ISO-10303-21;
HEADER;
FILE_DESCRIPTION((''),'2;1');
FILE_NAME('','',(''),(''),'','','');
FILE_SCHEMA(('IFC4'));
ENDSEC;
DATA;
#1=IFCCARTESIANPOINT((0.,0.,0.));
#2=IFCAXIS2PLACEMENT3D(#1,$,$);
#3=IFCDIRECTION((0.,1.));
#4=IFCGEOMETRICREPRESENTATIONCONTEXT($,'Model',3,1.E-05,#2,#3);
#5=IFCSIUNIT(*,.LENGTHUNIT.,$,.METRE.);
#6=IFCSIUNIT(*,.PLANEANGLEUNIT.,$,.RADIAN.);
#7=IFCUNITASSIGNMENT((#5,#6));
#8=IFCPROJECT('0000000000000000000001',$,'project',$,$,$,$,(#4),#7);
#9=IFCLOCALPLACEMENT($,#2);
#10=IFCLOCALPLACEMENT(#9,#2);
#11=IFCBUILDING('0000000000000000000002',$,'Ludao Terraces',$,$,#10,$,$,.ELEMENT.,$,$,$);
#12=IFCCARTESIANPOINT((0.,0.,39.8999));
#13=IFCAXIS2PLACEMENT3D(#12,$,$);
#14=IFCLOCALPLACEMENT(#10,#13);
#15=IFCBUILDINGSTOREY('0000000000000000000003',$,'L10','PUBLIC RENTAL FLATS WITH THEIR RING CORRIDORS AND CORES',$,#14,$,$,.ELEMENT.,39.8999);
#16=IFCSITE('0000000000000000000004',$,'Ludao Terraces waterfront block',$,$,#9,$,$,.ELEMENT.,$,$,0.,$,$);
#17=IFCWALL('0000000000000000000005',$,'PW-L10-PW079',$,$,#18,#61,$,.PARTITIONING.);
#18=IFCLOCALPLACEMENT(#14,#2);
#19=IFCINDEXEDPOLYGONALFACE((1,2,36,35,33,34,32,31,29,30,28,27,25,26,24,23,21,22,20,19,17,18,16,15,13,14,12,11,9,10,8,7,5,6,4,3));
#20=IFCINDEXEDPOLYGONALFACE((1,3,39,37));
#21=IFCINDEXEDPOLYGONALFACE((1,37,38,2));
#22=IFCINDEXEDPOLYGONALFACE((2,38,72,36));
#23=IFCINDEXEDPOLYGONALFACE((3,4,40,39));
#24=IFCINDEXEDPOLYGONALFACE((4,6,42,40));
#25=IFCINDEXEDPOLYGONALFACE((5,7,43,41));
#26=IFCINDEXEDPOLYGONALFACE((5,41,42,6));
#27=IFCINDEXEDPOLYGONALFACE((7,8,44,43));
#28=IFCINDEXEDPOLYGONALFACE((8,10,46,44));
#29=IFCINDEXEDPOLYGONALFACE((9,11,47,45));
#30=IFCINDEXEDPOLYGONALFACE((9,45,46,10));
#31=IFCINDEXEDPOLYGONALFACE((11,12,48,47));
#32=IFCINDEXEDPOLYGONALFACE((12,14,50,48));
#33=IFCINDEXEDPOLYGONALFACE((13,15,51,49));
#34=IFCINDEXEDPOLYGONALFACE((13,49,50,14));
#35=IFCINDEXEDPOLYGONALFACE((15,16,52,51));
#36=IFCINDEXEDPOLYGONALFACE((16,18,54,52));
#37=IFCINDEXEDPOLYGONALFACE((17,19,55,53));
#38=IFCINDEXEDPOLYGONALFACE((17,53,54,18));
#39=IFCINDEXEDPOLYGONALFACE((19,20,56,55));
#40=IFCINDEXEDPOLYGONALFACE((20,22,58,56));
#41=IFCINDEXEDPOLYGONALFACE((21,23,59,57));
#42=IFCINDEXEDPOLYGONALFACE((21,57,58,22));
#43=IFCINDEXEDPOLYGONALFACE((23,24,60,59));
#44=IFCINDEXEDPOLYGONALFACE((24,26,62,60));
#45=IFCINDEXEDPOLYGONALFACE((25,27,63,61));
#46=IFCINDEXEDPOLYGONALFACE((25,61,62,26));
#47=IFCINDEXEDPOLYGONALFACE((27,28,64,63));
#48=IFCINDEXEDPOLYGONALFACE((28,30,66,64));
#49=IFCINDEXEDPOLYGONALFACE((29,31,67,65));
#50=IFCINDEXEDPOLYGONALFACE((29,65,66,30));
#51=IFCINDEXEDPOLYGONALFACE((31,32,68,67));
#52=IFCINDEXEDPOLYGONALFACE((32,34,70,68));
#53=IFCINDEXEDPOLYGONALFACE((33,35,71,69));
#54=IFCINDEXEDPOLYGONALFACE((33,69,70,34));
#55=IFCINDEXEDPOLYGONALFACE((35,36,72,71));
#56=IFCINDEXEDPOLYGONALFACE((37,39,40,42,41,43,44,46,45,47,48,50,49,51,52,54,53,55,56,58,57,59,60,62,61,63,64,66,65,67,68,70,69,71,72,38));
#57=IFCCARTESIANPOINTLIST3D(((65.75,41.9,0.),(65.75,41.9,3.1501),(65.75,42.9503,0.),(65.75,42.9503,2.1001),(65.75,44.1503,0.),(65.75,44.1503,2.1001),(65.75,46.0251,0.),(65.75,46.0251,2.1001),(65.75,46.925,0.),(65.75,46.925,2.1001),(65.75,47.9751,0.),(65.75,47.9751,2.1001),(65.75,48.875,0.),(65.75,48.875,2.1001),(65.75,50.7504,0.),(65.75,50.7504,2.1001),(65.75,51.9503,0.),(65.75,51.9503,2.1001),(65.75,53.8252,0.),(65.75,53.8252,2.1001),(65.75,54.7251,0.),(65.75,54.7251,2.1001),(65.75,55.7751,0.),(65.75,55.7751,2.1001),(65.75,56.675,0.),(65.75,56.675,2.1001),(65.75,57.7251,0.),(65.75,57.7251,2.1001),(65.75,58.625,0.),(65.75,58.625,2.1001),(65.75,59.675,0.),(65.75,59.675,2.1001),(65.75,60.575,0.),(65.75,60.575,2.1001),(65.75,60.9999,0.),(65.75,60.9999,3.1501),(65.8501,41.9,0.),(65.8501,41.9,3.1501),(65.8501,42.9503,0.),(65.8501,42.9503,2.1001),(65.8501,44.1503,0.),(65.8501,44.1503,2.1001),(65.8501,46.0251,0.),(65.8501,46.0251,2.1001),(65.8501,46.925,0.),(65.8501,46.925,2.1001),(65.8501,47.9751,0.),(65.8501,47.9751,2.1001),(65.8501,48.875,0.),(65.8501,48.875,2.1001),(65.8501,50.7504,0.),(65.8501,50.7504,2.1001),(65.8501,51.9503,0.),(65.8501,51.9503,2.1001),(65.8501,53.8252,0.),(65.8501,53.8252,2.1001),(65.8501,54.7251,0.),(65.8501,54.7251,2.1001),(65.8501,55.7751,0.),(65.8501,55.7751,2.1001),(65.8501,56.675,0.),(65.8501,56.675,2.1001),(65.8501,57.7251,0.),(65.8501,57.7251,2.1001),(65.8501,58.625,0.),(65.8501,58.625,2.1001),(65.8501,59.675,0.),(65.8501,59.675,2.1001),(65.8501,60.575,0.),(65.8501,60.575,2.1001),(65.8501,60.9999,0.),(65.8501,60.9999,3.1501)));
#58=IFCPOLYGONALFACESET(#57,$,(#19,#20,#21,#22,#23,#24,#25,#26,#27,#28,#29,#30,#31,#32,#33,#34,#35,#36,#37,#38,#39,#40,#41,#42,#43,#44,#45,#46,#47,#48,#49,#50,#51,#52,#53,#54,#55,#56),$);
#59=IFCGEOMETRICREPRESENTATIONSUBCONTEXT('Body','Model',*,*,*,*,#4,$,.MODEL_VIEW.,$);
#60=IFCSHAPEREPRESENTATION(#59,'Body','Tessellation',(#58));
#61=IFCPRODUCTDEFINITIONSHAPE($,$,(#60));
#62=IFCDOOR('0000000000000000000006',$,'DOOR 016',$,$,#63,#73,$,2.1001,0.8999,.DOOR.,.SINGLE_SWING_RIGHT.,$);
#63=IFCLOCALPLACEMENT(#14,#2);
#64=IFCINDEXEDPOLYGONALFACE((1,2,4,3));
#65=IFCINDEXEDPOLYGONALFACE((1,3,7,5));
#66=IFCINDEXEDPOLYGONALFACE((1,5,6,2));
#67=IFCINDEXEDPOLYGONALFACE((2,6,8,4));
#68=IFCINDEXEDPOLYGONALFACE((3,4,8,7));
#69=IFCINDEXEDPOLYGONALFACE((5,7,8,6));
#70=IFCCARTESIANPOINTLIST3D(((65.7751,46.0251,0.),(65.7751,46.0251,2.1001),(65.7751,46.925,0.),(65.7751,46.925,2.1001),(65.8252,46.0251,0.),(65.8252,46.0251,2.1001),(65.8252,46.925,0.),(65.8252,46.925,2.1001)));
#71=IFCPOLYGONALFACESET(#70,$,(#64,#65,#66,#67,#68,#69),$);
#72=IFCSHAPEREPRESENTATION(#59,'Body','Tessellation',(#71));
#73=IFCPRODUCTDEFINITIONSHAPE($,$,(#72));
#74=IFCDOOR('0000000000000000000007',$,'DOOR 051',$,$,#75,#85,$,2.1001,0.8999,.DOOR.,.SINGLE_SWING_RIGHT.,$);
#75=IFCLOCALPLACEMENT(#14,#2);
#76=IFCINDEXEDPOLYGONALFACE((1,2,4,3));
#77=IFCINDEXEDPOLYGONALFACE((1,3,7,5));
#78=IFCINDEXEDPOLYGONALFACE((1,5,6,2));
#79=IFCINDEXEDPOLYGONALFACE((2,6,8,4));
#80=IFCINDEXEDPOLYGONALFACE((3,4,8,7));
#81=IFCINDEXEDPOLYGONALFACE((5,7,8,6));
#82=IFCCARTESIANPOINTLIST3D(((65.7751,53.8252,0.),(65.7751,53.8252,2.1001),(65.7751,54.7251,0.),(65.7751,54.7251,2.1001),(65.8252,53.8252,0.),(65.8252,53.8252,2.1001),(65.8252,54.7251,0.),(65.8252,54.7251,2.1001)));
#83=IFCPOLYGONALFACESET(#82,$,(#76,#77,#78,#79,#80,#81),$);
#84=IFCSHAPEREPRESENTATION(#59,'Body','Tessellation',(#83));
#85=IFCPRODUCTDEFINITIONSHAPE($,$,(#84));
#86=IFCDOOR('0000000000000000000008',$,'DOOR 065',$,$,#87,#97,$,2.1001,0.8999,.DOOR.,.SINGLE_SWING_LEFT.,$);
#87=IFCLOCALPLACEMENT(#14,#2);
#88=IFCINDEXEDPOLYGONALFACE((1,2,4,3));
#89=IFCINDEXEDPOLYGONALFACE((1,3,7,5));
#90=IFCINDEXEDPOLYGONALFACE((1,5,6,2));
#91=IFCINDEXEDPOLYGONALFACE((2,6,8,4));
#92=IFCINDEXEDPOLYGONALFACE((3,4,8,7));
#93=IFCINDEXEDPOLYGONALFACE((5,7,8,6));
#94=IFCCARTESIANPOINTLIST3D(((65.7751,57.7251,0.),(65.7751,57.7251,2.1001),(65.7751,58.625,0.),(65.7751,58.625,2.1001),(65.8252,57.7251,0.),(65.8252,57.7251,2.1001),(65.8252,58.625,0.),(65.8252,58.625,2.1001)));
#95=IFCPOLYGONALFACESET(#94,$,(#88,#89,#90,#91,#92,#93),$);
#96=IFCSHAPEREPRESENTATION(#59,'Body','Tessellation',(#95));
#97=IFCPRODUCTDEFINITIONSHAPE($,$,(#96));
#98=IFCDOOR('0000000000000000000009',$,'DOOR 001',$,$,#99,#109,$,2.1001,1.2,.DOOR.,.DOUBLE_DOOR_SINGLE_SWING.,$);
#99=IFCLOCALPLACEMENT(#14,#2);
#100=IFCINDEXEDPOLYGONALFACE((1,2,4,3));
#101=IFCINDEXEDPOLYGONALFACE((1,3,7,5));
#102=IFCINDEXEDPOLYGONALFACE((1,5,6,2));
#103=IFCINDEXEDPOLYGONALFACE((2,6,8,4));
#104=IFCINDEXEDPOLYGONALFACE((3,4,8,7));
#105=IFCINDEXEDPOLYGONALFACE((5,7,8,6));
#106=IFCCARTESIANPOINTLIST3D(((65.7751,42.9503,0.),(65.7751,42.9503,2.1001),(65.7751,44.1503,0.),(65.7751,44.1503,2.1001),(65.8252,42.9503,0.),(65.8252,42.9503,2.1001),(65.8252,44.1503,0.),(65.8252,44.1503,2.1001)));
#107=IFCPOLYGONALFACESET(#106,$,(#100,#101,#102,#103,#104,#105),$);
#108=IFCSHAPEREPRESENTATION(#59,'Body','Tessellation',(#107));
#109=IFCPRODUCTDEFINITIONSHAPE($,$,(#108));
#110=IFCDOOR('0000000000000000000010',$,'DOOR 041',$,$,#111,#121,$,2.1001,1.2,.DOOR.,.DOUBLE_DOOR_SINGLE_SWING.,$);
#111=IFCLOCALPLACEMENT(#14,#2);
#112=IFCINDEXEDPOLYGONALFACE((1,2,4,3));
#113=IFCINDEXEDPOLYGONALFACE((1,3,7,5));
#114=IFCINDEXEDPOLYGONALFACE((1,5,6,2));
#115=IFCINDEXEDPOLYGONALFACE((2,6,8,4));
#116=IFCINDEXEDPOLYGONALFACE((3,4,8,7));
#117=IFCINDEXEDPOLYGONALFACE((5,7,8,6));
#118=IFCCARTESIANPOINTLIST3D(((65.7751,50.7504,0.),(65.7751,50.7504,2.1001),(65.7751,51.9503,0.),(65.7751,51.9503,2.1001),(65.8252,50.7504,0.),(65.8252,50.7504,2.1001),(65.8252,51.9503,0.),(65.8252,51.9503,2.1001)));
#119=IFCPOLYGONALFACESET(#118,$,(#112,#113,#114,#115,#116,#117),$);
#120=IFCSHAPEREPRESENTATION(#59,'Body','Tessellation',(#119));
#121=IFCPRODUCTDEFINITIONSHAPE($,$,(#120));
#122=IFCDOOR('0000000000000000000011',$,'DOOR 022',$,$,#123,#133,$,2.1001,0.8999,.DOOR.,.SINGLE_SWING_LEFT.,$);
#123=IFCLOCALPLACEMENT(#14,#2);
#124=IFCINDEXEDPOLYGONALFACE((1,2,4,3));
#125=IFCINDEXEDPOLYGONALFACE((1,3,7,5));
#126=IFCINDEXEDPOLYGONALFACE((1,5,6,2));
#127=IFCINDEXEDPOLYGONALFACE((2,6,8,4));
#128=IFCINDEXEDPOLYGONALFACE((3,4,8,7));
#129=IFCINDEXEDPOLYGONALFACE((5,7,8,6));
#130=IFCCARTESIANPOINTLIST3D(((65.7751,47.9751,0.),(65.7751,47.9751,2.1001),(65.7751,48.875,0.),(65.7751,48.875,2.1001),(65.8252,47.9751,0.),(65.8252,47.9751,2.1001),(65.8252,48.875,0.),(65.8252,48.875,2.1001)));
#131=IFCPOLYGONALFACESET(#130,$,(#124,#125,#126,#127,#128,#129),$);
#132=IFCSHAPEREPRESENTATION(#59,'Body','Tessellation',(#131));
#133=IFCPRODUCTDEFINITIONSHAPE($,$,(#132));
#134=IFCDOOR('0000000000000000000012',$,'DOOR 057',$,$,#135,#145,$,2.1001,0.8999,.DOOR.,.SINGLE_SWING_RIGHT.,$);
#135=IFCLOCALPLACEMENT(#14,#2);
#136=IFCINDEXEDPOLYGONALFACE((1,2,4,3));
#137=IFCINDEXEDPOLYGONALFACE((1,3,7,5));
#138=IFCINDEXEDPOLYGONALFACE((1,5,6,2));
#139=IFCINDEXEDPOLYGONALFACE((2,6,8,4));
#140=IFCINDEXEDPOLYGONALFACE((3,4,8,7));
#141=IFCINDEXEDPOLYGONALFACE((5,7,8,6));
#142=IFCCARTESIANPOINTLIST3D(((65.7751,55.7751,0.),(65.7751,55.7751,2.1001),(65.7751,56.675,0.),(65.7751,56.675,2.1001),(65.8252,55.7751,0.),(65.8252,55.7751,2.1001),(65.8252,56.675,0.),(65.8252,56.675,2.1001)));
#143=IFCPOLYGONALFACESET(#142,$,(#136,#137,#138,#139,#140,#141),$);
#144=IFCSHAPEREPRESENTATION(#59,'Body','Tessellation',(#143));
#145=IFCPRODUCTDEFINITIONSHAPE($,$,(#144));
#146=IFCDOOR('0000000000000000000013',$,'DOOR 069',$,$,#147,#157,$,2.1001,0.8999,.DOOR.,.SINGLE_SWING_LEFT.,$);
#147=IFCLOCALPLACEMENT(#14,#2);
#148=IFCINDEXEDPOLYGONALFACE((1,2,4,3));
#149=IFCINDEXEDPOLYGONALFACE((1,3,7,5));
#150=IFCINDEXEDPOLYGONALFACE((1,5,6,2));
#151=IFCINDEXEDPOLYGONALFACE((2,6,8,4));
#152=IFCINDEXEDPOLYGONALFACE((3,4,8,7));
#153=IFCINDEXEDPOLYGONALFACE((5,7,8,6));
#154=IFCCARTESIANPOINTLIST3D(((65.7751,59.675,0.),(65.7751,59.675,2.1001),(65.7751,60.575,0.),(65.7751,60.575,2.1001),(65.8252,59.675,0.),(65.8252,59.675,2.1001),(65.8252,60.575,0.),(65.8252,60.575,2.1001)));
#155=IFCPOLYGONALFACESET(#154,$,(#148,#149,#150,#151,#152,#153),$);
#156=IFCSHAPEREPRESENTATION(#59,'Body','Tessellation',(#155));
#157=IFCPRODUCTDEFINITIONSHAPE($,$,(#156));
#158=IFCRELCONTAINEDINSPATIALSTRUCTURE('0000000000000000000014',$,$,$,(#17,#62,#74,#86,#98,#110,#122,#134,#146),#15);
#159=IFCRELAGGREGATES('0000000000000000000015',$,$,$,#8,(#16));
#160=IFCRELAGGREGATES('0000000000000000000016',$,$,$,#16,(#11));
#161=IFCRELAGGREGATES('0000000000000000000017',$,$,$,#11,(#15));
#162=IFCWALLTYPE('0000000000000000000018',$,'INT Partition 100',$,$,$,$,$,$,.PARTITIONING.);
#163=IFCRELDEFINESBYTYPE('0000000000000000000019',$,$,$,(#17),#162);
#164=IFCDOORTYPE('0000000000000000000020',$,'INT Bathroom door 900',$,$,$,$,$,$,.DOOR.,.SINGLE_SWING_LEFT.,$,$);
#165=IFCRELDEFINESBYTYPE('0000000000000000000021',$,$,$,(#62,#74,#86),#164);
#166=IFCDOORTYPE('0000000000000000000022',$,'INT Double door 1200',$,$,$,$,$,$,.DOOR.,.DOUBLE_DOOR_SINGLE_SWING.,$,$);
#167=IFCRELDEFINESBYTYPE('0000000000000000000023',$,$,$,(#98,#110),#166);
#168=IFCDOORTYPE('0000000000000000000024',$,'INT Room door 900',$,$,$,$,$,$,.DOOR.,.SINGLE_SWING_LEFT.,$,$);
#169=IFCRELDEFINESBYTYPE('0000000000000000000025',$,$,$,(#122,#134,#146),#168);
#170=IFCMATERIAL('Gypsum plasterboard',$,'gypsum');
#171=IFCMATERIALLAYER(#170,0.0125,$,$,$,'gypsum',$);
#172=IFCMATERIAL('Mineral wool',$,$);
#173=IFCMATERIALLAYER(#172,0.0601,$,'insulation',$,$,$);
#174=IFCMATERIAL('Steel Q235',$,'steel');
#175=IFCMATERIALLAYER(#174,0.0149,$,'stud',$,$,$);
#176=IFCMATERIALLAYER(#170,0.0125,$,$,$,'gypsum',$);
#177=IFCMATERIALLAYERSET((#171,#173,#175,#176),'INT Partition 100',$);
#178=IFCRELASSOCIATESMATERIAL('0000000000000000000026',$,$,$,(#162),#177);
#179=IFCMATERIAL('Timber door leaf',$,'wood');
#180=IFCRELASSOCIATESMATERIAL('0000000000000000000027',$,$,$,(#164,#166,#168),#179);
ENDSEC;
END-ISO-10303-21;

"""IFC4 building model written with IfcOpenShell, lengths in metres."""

from ifc_helpers import new_model, si_unit, direction, frame, frame_2d, origin, place, context, subcontext, project, spatial, rectangle, extrude, material, layer, layer_set, type_object, element, fill, save


model = new_model("IFC4")

# Units and contexts
model_context = context("Model", 3, precision=1e-05, world=origin(), true_north=direction((0.0, 1.0)))
body_context = subcontext(model_context, "Body", "Model", "MODEL_VIEW")
ifc_project = project(units=[si_unit("LENGTHUNIT", "METRE"), si_unit("PLANEANGLEUNIT", "RADIAN")], contexts=[model_context])

# Site, building, storey
site_placement = place(None, origin())
site = spatial("IfcSite", under=ifc_project, at=site_placement, Name="Ludao Terraces waterfront block", CompositionType="ELEMENT", RefElevation=0.0)
building_placement = place(site_placement, origin())
building = spatial("IfcBuilding", under=site, at=building_placement, Name="Ludao Terraces", CompositionType="ELEMENT")
storey_placement = place(building_placement, frame((0.0, 0.0, 39.8999)))
storey = spatial("IfcBuildingStorey", under=building, at=storey_placement, Name="L10", Description="PUBLIC RENTAL FLATS WITH THEIR RING CORRIDORS AND CORES", CompositionType="ELEMENT", Elevation=39.8999)

# Shared definitions
ifc_material_1 = material(Name="Mineral wool")

# Wall, openings, doors
ifc_material_2 = material(Name="Gypsum plasterboard", Category="gypsum")
ifc_layer_1 = layer(ifc_material_2, 0.0125, Category="gypsum")
ifc_layer_2 = layer(ifc_material_1, 0.0601, Name="insulation")
ifc_material_3 = material(Name="Steel Q235", Category="steel")
ifc_layer_3 = layer(ifc_material_3, 0.0149, Name="stud")
ifc_layer_4 = layer(ifc_material_2, 0.0125, Category="gypsum")
ifc_layer_set_1 = layer_set([ifc_layer_1, ifc_layer_2, ifc_layer_3, ifc_layer_4], Name="INT Partition 100")
wall_type_1 = type_object("IfcWallType", Name="INT Partition 100", PredefinedType="PARTITIONING", material=ifc_layer_set_1)
wall_1_placement = place(storey_placement, frame((65.8, 41.9001, 0.0), z_axis=(0.0, 0.0, 1.0), x_axis=(0.0, 1.0, 0.0)))
wall_1 = element("IfcWall", 1, at=wall_1_placement, inside=storey, type_object=wall_type_1, Name="PW-L10-PW079", PredefinedType="PARTITIONING", context=body_context, shape_type="SweptSolid", body=[
    extrude(rectangle(XDim=19.0999, YDim=0.1001, at=frame_2d((9.5498, 0.0))), origin(), (0.0, 0.0, 1.0), 3.1501),
])
opening_1_placement = place(wall_1_placement, frame((1.05, 0.0, 0.0)))
opening_1 = element("IfcOpeningElement", 2, at=opening_1_placement, cuts=wall_1, PredefinedType="OPENING", context=body_context, shape_type="SweptSolid", body=[
    extrude(rectangle(XDim=1.2, YDim=2.1001, at=frame_2d((0.6001, 1.05))), frame((0.0, 0.0601, 0.0), z_axis=(0.0, -1.0, 0.0), x_axis=(1.0, 0.0, 0.0)), (0.0, 0.0, 1.0), 0.1201),
])
opening_2_placement = place(wall_1_placement, frame((4.125, 0.0, 0.0)))
opening_2 = element("IfcOpeningElement", 3, at=opening_2_placement, cuts=wall_1, PredefinedType="OPENING", context=body_context, shape_type="SweptSolid", body=[
    extrude(rectangle(XDim=0.8999, YDim=2.1001, at=frame_2d((0.45, 1.05))), frame((0.0, 0.0601, 0.0), z_axis=(0.0, -1.0, 0.0), x_axis=(1.0, 0.0, 0.0)), (0.0, 0.0, 1.0), 0.1201),
])
opening_3_placement = place(wall_1_placement, frame((6.075, 0.0, 0.0)))
opening_3 = element("IfcOpeningElement", 4, at=opening_3_placement, cuts=wall_1, PredefinedType="OPENING", context=body_context, shape_type="SweptSolid", body=[
    extrude(rectangle(XDim=0.8999, YDim=2.1001, at=frame_2d((0.45, 1.05))), frame((0.0, 0.0601, 0.0), z_axis=(0.0, -1.0, 0.0), x_axis=(1.0, 0.0, 0.0)), (0.0, 0.0, 1.0), 0.1201),
])
opening_4_placement = place(wall_1_placement, frame((8.8501, 0.0, 0.0)))
opening_4 = element("IfcOpeningElement", 5, at=opening_4_placement, cuts=wall_1, PredefinedType="OPENING", context=body_context, shape_type="SweptSolid", body=[
    extrude(rectangle(XDim=1.2, YDim=2.1001, at=frame_2d((0.6001, 1.05))), frame((0.0, 0.0601, 0.0), z_axis=(0.0, -1.0, 0.0), x_axis=(1.0, 0.0, 0.0)), (0.0, 0.0, 1.0), 0.1201),
])
opening_5_placement = place(wall_1_placement, frame((11.925, 0.0, 0.0)))
opening_5 = element("IfcOpeningElement", 6, at=opening_5_placement, cuts=wall_1, PredefinedType="OPENING", context=body_context, shape_type="SweptSolid", body=[
    extrude(rectangle(XDim=0.8999, YDim=2.1001, at=frame_2d((0.45, 1.05))), frame((0.0, 0.0601, 0.0), z_axis=(0.0, -1.0, 0.0), x_axis=(1.0, 0.0, 0.0)), (0.0, 0.0, 1.0), 0.1201),
])
opening_6_placement = place(wall_1_placement, frame((13.875, 0.0, 0.0)))
opening_6 = element("IfcOpeningElement", 7, at=opening_6_placement, cuts=wall_1, PredefinedType="OPENING", context=body_context, shape_type="SweptSolid", body=[
    extrude(rectangle(XDim=0.8999, YDim=2.1001, at=frame_2d((0.45, 1.05))), frame((0.0, 0.0601, 0.0), z_axis=(0.0, -1.0, 0.0), x_axis=(1.0, 0.0, 0.0)), (0.0, 0.0, 1.0), 0.1201),
])
opening_7_placement = place(wall_1_placement, frame((15.825, 0.0, 0.0)))
opening_7 = element("IfcOpeningElement", 8, at=opening_7_placement, cuts=wall_1, PredefinedType="OPENING", context=body_context, shape_type="SweptSolid", body=[
    extrude(rectangle(XDim=0.8999, YDim=2.1001, at=frame_2d((0.45, 1.05))), frame((0.0, 0.0601, 0.0), z_axis=(0.0, -1.0, 0.0), x_axis=(1.0, 0.0, 0.0)), (0.0, 0.0, 1.0), 0.1201),
])
opening_8_placement = place(wall_1_placement, frame((17.7749, 0.0, 0.0)))
opening_8 = element("IfcOpeningElement", 9, at=opening_8_placement, cuts=wall_1, PredefinedType="OPENING", context=body_context, shape_type="SweptSolid", body=[
    extrude(rectangle(XDim=0.8999, YDim=2.1001, at=frame_2d((0.45, 1.05))), frame((0.0, 0.0601, 0.0), z_axis=(0.0, -1.0, 0.0), x_axis=(1.0, 0.0, 0.0)), (0.0, 0.0, 1.0), 0.1201),
])
ifc_material_4 = material(Name="Timber door leaf", Category="wood")
door_type_1 = type_object("IfcDoorType", Name="INT Bathroom door 900", OperationType="SINGLE_SWING_LEFT", PredefinedType="DOOR", material=ifc_material_4)
door_1_placement = place(opening_2_placement, origin())
door_1 = element("IfcDoor", 10, at=door_1_placement, inside=storey, type_object=door_type_1, Name="DOOR 016", OperationType="SINGLE_SWING_RIGHT", OverallHeight=2.1001, OverallWidth=0.8999, PredefinedType="DOOR", context=body_context, shape_type="SweptSolid", body=[
    extrude(rectangle(XDim=0.8999, YDim=2.1001, at=frame_2d((0.45, 1.05))), frame((0.0, 0.0249, 0.0), z_axis=(0.0, -1.0, 0.0), x_axis=(1.0, 0.0, 0.0)), (0.0, 0.0, 1.0), 0.05),
])
fill(opening_2, door_1)
door_2_placement = place(opening_5_placement, origin())
door_2 = element("IfcDoor", 11, at=door_2_placement, inside=storey, type_object=door_type_1, Name="DOOR 051", OperationType="SINGLE_SWING_RIGHT", OverallHeight=2.1001, OverallWidth=0.8999, PredefinedType="DOOR", context=body_context, shape_type="SweptSolid", body=[
    extrude(rectangle(XDim=0.8999, YDim=2.1001, at=frame_2d((0.45, 1.05))), frame((0.0, 0.0249, 0.0), z_axis=(0.0, -1.0, 0.0), x_axis=(1.0, 0.0, 0.0)), (0.0, 0.0, 1.0), 0.05),
])
fill(opening_5, door_2)
door_3_placement = place(opening_7_placement, origin())
door_3 = element("IfcDoor", 12, at=door_3_placement, inside=storey, type_object=door_type_1, Name="DOOR 065", OperationType="SINGLE_SWING_LEFT", OverallHeight=2.1001, OverallWidth=0.8999, PredefinedType="DOOR", context=body_context, shape_type="SweptSolid", body=[
    extrude(rectangle(XDim=0.8999, YDim=2.1001, at=frame_2d((0.45, 1.05))), frame((0.0, 0.0249, 0.0), z_axis=(0.0, -1.0, 0.0), x_axis=(1.0, 0.0, 0.0)), (0.0, 0.0, 1.0), 0.05),
])
fill(opening_7, door_3)
door_type_2 = type_object("IfcDoorType", Name="INT Double door 1200", OperationType="DOUBLE_DOOR_SINGLE_SWING", PredefinedType="DOOR", material=ifc_material_4)
door_4_placement = place(opening_1_placement, origin())
door_4 = element("IfcDoor", 13, at=door_4_placement, inside=storey, type_object=door_type_2, Name="DOOR 001", OperationType="DOUBLE_DOOR_SINGLE_SWING", OverallHeight=2.1001, OverallWidth=1.2, PredefinedType="DOOR", context=body_context, shape_type="SweptSolid", body=[
    extrude(rectangle(XDim=1.2, YDim=2.1001, at=frame_2d((0.6001, 1.05))), frame((0.0, 0.0249, 0.0), z_axis=(0.0, -1.0, 0.0), x_axis=(1.0, 0.0, 0.0)), (0.0, 0.0, 1.0), 0.05),
])
fill(opening_1, door_4)
door_5_placement = place(opening_4_placement, origin())
door_5 = element("IfcDoor", 14, at=door_5_placement, inside=storey, type_object=door_type_2, Name="DOOR 041", OperationType="DOUBLE_DOOR_SINGLE_SWING", OverallHeight=2.1001, OverallWidth=1.2, PredefinedType="DOOR", context=body_context, shape_type="SweptSolid", body=[
    extrude(rectangle(XDim=1.2, YDim=2.1001, at=frame_2d((0.6001, 1.05))), frame((0.0, 0.0249, 0.0), z_axis=(0.0, -1.0, 0.0), x_axis=(1.0, 0.0, 0.0)), (0.0, 0.0, 1.0), 0.05),
])
fill(opening_4, door_5)
door_type_3 = type_object("IfcDoorType", Name="INT Room door 900", OperationType="SINGLE_SWING_LEFT", PredefinedType="DOOR", material=ifc_material_4)
door_6_placement = place(opening_3_placement, origin())
door_6 = element("IfcDoor", 15, at=door_6_placement, inside=storey, type_object=door_type_3, Name="DOOR 022", OperationType="SINGLE_SWING_LEFT", OverallHeight=2.1001, OverallWidth=0.8999, PredefinedType="DOOR", context=body_context, shape_type="SweptSolid", body=[
    extrude(rectangle(XDim=0.8999, YDim=2.1001, at=frame_2d((0.45, 1.05))), frame((0.0, 0.0249, 0.0), z_axis=(0.0, -1.0, 0.0), x_axis=(1.0, 0.0, 0.0)), (0.0, 0.0, 1.0), 0.05),
])
fill(opening_3, door_6)
door_7_placement = place(opening_6_placement, origin())
door_7 = element("IfcDoor", 16, at=door_7_placement, inside=storey, type_object=door_type_3, Name="DOOR 057", OperationType="SINGLE_SWING_RIGHT", OverallHeight=2.1001, OverallWidth=0.8999, PredefinedType="DOOR", context=body_context, shape_type="SweptSolid", body=[
    extrude(rectangle(XDim=0.8999, YDim=2.1001, at=frame_2d((0.45, 1.05))), frame((0.0, 0.0249, 0.0), z_axis=(0.0, -1.0, 0.0), x_axis=(1.0, 0.0, 0.0)), (0.0, 0.0, 1.0), 0.05),
])
fill(opening_6, door_7)
door_8_placement = place(opening_8_placement, origin())
door_8 = element("IfcDoor", 17, at=door_8_placement, inside=storey, type_object=door_type_3, Name="DOOR 069", OperationType="SINGLE_SWING_LEFT", OverallHeight=2.1001, OverallWidth=0.8999, PredefinedType="DOOR", context=body_context, shape_type="SweptSolid", body=[
    extrude(rectangle(XDim=0.8999, YDim=2.1001, at=frame_2d((0.45, 1.05))), frame((0.0, 0.0249, 0.0), z_axis=(0.0, -1.0, 0.0), x_axis=(1.0, 0.0, 0.0)), (0.0, 0.0, 1.0), 0.05),
])
fill(opening_8, door_8)

save(model, "model.ifc")
